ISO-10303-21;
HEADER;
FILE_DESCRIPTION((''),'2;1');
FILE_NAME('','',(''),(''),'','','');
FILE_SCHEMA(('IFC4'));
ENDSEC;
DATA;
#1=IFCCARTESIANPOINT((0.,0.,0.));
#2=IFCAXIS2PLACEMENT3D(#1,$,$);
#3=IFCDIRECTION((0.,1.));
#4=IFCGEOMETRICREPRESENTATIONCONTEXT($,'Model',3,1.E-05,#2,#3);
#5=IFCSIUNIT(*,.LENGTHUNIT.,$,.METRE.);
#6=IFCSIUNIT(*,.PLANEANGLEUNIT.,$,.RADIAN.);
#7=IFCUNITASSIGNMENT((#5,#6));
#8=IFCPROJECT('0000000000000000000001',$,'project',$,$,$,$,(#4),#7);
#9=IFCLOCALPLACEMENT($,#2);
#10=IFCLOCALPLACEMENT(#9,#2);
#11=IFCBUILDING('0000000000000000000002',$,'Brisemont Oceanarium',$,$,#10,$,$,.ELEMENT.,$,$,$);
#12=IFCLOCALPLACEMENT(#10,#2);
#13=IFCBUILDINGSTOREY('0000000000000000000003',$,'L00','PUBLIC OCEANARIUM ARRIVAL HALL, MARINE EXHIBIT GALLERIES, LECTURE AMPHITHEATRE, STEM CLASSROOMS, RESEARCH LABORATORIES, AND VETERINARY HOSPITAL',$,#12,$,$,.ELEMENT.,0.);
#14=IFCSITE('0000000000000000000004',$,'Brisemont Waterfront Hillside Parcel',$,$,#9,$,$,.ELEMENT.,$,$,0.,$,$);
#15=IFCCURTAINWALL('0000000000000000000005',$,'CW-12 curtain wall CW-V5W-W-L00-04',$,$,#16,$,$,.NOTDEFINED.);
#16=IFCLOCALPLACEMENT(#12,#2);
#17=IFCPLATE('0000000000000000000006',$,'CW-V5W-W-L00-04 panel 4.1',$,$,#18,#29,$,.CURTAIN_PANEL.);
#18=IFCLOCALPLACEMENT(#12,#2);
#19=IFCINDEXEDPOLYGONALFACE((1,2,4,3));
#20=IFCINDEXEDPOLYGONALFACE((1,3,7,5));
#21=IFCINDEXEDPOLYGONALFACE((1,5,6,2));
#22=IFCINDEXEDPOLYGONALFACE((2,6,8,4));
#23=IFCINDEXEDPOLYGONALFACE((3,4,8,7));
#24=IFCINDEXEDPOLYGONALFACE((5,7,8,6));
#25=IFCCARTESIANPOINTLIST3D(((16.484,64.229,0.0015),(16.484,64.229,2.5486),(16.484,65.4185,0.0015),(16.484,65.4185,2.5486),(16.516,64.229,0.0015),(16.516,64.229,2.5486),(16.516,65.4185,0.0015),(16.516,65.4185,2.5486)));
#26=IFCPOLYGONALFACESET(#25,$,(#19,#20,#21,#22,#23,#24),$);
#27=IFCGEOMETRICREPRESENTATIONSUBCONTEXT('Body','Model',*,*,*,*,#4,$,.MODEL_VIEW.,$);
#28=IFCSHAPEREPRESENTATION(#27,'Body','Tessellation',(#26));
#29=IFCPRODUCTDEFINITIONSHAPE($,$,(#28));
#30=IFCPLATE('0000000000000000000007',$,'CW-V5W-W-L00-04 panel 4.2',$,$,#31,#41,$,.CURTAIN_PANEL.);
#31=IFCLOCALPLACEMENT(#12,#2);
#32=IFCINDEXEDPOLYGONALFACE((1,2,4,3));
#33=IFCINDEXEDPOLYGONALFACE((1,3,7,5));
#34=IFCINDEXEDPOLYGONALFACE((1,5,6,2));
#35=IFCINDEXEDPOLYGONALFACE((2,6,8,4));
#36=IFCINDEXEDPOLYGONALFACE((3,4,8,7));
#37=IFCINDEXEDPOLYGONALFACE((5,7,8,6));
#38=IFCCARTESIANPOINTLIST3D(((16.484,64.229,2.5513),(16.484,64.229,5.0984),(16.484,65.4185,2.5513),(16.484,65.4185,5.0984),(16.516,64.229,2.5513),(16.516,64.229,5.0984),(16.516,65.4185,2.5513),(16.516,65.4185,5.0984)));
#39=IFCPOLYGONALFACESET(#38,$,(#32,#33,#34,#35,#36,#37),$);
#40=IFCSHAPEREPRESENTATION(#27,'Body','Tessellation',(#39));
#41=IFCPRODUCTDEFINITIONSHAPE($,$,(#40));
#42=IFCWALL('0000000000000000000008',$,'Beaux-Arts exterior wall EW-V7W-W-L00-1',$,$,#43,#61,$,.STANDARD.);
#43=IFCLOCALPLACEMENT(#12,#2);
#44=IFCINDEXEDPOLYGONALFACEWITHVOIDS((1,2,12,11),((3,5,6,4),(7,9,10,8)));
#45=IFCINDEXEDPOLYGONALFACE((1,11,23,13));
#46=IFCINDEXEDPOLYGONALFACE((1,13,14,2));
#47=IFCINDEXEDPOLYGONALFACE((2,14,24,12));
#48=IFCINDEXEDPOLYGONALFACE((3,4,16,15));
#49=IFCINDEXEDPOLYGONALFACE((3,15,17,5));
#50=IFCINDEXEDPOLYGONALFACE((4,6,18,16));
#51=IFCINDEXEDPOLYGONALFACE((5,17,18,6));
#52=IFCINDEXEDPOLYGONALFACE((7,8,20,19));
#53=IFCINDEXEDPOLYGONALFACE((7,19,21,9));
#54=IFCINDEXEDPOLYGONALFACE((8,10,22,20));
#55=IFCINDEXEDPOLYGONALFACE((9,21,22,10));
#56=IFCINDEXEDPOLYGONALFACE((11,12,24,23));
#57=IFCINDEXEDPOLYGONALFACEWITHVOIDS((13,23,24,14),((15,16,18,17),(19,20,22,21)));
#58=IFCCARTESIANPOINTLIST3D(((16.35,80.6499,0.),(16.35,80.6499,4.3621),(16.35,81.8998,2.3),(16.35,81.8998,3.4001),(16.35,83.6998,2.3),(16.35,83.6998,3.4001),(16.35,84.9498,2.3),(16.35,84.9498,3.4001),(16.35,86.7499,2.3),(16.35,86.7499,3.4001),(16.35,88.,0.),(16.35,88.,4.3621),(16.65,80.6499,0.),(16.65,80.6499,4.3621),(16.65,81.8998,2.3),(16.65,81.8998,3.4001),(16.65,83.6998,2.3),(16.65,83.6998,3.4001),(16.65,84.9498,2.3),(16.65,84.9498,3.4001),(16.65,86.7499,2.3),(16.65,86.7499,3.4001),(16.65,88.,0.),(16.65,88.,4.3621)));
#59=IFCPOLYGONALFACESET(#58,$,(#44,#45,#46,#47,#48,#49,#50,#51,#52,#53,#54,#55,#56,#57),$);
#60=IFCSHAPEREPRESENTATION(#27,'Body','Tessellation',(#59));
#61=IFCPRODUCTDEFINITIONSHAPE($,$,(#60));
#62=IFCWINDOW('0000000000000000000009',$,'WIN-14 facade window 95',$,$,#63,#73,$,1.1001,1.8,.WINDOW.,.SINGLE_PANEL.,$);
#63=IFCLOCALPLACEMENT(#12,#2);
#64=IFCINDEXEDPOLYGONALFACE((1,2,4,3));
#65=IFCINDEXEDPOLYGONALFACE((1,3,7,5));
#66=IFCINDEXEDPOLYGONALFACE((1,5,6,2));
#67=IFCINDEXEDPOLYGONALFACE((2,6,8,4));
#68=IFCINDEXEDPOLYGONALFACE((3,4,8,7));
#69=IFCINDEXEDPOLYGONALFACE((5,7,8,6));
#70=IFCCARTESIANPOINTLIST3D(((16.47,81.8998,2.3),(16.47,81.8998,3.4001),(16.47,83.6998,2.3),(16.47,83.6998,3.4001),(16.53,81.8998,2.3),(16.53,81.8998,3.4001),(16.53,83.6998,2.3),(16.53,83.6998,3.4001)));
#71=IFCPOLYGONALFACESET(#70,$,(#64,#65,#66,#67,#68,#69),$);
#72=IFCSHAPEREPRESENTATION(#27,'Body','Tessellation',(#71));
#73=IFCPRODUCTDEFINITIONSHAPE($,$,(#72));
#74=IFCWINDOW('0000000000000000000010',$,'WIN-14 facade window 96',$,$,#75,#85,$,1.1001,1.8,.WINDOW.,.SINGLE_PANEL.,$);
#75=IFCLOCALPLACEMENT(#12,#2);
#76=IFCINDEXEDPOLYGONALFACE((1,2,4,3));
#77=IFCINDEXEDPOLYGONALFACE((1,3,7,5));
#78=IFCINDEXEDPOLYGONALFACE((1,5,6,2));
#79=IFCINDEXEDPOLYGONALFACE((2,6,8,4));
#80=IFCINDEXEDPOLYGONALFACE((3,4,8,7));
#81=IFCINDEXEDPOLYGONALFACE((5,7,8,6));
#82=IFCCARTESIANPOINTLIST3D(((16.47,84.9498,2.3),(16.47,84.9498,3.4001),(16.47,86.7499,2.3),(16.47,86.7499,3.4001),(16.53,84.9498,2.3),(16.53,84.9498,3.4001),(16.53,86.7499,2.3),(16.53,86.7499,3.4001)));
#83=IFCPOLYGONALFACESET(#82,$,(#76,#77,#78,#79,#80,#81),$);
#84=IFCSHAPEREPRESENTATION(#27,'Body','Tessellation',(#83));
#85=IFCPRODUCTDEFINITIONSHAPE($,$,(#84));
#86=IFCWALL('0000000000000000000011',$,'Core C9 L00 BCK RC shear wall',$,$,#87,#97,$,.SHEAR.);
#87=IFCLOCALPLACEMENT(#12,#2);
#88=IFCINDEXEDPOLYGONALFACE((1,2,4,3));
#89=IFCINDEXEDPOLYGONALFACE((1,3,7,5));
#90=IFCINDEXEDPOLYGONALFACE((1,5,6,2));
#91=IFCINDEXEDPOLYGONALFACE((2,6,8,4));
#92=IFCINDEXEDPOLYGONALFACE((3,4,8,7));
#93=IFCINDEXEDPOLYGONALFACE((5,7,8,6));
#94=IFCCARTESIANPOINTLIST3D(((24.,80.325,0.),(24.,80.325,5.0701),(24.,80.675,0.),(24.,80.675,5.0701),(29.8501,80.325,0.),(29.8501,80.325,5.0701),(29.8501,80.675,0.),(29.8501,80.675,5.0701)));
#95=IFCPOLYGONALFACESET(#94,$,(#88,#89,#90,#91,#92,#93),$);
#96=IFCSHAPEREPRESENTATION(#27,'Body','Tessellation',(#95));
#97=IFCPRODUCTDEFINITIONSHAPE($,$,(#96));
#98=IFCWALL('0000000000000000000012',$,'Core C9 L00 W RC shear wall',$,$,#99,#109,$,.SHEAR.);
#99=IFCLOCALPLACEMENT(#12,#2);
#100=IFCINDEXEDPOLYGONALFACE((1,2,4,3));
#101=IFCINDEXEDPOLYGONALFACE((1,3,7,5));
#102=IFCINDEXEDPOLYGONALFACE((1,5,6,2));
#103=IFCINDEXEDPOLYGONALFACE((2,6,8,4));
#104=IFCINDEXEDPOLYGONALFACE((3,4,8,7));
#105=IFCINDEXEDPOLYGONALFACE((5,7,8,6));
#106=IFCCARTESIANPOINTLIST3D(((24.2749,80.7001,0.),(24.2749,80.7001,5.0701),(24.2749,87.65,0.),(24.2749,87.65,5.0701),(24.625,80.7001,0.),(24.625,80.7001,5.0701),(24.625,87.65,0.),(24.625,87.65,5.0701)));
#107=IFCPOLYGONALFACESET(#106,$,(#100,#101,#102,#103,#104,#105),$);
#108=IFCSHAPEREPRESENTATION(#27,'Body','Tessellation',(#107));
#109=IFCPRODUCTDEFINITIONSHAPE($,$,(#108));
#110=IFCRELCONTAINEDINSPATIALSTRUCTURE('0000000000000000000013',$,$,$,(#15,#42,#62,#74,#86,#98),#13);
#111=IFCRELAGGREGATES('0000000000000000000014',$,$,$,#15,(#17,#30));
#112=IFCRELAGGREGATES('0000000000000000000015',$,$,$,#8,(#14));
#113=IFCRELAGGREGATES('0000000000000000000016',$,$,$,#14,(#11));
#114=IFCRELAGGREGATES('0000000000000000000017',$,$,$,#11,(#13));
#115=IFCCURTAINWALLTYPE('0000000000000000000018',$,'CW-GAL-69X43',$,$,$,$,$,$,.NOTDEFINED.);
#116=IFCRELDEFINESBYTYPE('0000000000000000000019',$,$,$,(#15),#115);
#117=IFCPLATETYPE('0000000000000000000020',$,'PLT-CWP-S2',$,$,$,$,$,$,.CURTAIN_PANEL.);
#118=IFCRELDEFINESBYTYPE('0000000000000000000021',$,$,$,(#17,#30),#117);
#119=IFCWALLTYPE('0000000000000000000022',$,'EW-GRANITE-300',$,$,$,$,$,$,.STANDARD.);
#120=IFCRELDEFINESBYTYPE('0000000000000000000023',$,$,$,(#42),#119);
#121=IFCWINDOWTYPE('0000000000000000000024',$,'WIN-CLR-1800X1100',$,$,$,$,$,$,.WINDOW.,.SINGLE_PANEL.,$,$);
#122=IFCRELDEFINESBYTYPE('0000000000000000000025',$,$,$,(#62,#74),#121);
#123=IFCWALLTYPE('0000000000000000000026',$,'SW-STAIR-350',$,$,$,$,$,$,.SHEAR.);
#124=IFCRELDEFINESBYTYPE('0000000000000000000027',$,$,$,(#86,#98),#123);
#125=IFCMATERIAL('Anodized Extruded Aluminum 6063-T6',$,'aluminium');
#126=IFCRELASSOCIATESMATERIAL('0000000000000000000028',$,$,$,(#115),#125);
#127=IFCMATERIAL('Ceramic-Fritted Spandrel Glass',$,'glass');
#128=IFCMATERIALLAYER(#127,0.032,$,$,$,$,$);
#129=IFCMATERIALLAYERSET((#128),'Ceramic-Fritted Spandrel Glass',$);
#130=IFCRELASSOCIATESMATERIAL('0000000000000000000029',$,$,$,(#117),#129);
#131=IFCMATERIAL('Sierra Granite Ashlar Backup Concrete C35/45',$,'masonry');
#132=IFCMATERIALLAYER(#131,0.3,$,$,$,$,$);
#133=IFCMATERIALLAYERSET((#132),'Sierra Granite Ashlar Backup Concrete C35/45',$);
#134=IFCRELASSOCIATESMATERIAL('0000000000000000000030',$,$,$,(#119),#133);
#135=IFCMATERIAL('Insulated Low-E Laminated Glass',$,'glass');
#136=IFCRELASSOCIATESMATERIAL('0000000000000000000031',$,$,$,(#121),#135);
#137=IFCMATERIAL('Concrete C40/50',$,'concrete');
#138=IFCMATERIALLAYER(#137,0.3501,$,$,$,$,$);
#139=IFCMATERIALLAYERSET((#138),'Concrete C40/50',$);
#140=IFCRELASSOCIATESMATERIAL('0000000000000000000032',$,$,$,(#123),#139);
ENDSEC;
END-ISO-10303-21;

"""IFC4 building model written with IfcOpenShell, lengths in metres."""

from ifc_helpers import new_model, si_unit, direction, frame, frame_2d, origin, origin_2d, place, context, subcontext, project, spatial, rectangle, extrude, material, layer, layer_set, type_object, element, fill, aggregate, save


model = new_model("IFC4")

# Units and contexts
model_context = context("Model", 3, precision=1e-05, world=origin(), true_north=direction((0.0, 1.0)))
body_context = subcontext(model_context, "Body", "Model", "MODEL_VIEW")
ifc_project = project(units=[si_unit("LENGTHUNIT", "METRE"), si_unit("PLANEANGLEUNIT", "RADIAN")], contexts=[model_context])

# Site, building, storey
site_placement = place(None, origin())
site = spatial("IfcSite", under=ifc_project, at=site_placement, Name="Brisemont Waterfront Hillside Parcel", CompositionType="ELEMENT", RefElevation=0.0)
building_placement = place(site_placement, origin())
building = spatial("IfcBuilding", under=site, at=building_placement, Name="Brisemont Oceanarium", CompositionType="ELEMENT")
storey_placement = place(building_placement, origin())
storey = spatial("IfcBuildingStorey", under=building, at=storey_placement, Name="L00", Description="PUBLIC OCEANARIUM ARRIVAL HALL, MARINE EXHIBIT GALLERIES, LECTURE AMPHITHEATRE, STEM CLASSROOMS, RESEARCH LABORATORIES, AND VETERINARY HOSPITAL", CompositionType="ELEMENT", Elevation=0.0)

# Curtain wall, plates
ifc_material_1 = material(Name="Anodized Extruded Aluminum 6063-T6", Category="aluminium")
curtain_wall_type = type_object("IfcCurtainWallType", Name="CW-GAL-69X43", PredefinedType="NOTDEFINED", material=ifc_material_1)
curtain_wall_placement = place(storey_placement, origin())
curtain_wall = element("IfcCurtainWall", 1, at=curtain_wall_placement, inside=storey, type_object=curtain_wall_type, Name="CW-12 curtain wall CW-V5W-W-L00-04", PredefinedType="NOTDEFINED")
ifc_material_2 = material(Name="Ceramic-Fritted Spandrel Glass", Category="glass")
ifc_layer_1 = layer(ifc_material_2, 0.032)
ifc_layer_set_1 = layer_set([ifc_layer_1], Name="Ceramic-Fritted Spandrel Glass")
plate_type = type_object("IfcPlateType", Name="PLT-CWP-S2", PredefinedType="CURTAIN_PANEL", material=ifc_layer_set_1)
plate_1_placement = place(storey_placement, frame((16.5, 64.8237, 0.0015), z_axis=(0.0, 0.0, 1.0), x_axis=(0.0, 1.0, 0.0)))
plate_1 = element("IfcPlate", 2, at=plate_1_placement, type_object=plate_type, Name="CW-V5W-W-L00-04 panel 4.1", PredefinedType="CURTAIN_PANEL", context=body_context, shape_type="SweptSolid", body=[
    extrude(rectangle(XDim=1.1895, YDim=0.032, at=origin_2d()), origin(), (0.0, 0.0, 1.0), 2.5471),
])
plate_2_placement = place(storey_placement, frame((16.5, 64.8237, 2.5513), z_axis=(0.0, 0.0, 1.0), x_axis=(0.0, 1.0, 0.0)))
plate_2 = element("IfcPlate", 3, at=plate_2_placement, type_object=plate_type, Name="CW-V5W-W-L00-04 panel 4.2", PredefinedType="CURTAIN_PANEL", context=body_context, shape_type="SweptSolid", body=[
    extrude(rectangle(XDim=1.1895, YDim=0.032, at=origin_2d()), origin(), (0.0, 0.0, 1.0), 2.5471),
])
aggregate(curtain_wall, [plate_1, plate_2])

# Wall, openings, windows
ifc_material_3 = material(Name="Sierra Granite Ashlar Backup Concrete C35/45", Category="masonry")
ifc_layer_2 = layer(ifc_material_3, 0.3)
ifc_layer_set_2 = layer_set([ifc_layer_2], Name="Sierra Granite Ashlar Backup Concrete C35/45")
wall_type_1 = type_object("IfcWallType", Name="EW-GRANITE-300", PredefinedType="STANDARD", material=ifc_layer_set_2)
wall_1_placement = place(storey_placement, frame((16.5, 80.6499, 0.0), z_axis=(0.0, 0.0, 1.0), x_axis=(0.0, 1.0, 0.0)))
wall_1 = element("IfcWall", 4, at=wall_1_placement, inside=storey, type_object=wall_type_1, Name="Beaux-Arts exterior wall EW-V7W-W-L00-1", PredefinedType="STANDARD", context=body_context, shape_type="SweptSolid", body=[
    extrude(rectangle(XDim=7.3501, YDim=0.3, at=frame_2d((3.675, 0.0))), origin(), (0.0, 0.0, 1.0), 4.3621),
])
opening_1_placement = place(wall_1_placement, frame((1.25, 0.0, 2.3)))
opening_1 = element("IfcOpeningElement", 5, at=opening_1_placement, cuts=wall_1, PredefinedType="OPENING", context=body_context, shape_type="SweptSolid", body=[
    extrude(rectangle(XDim=1.8, YDim=1.1001, at=frame_2d((0.8999, 0.55))), frame((0.0, 0.1599, 0.0), z_axis=(0.0, -1.0, 0.0), x_axis=(1.0, 0.0, 0.0)), (0.0, 0.0, 1.0), 0.3201),
])
opening_2_placement = place(wall_1_placement, frame((4.3, 0.0, 2.3)))
opening_2 = element("IfcOpeningElement", 6, at=opening_2_placement, cuts=wall_1, PredefinedType="OPENING", context=body_context, shape_type="SweptSolid", body=[
    extrude(rectangle(XDim=1.8, YDim=1.1001, at=frame_2d((0.8999, 0.55))), frame((0.0, 0.1599, 0.0), z_axis=(0.0, -1.0, 0.0), x_axis=(1.0, 0.0, 0.0)), (0.0, 0.0, 1.0), 0.3201),
])
ifc_material_4 = material(Name="Insulated Low-E Laminated Glass", Category="glass")
window_type = type_object("IfcWindowType", Name="WIN-CLR-1800X1100", PartitioningType="SINGLE_PANEL", PredefinedType="WINDOW", material=ifc_material_4)
window_1_placement = place(opening_1_placement, origin())
window_1 = element("IfcWindow", 7, at=window_1_placement, inside=storey, type_object=window_type, Name="WIN-14 facade window 95", OverallHeight=1.1001, OverallWidth=1.8, PartitioningType="SINGLE_PANEL", PredefinedType="WINDOW", context=body_context, shape_type="SweptSolid", body=[
    extrude(rectangle(XDim=1.8, YDim=1.1001, at=frame_2d((0.8999, 0.55))), frame((0.0, 0.03, 0.0), z_axis=(0.0, -1.0, 0.0), x_axis=(1.0, 0.0, 0.0)), (0.0, 0.0, 1.0), 0.0601),
])
fill(opening_1, window_1)
window_2_placement = place(opening_2_placement, origin())
window_2 = element("IfcWindow", 8, at=window_2_placement, inside=storey, type_object=window_type, Name="WIN-14 facade window 96", OverallHeight=1.1001, OverallWidth=1.8, PartitioningType="SINGLE_PANEL", PredefinedType="WINDOW", context=body_context, shape_type="SweptSolid", body=[
    extrude(rectangle(XDim=1.8, YDim=1.1001, at=frame_2d((0.8999, 0.55))), frame((0.0, 0.03, 0.0), z_axis=(0.0, -1.0, 0.0), x_axis=(1.0, 0.0, 0.0)), (0.0, 0.0, 1.0), 0.0601),
])
fill(opening_2, window_2)

# Walls
ifc_material_5 = material(Name="Concrete C40/50", Category="concrete")
ifc_layer_3 = layer(ifc_material_5, 0.3501)
ifc_layer_set_3 = layer_set([ifc_layer_3], Name="Concrete C40/50")
wall_type_2 = type_object("IfcWallType", Name="SW-STAIR-350", PredefinedType="SHEAR", material=ifc_layer_set_3)
wall_2_placement = place(storey_placement, frame((24.0, 80.5, 0.0), z_axis=(0.0, 0.0, 1.0), x_axis=(1.0, 0.0, 0.0)))
element("IfcWall", 9, at=wall_2_placement, inside=storey, type_object=wall_type_2, Name="Core C9 L00 BCK RC shear wall", PredefinedType="SHEAR", context=body_context, shape_type="SweptSolid", body=[
    extrude(rectangle(XDim=5.8501, YDim=0.3501, at=frame_2d((2.925, 0.0))), origin(), (0.0, 0.0, 1.0), 5.0701),
])
wall_3_placement = place(storey_placement, frame((24.45, 80.7, 0.0), z_axis=(0.0, 0.0, 1.0), x_axis=(0.0, 1.0, 0.0)))
element("IfcWall", 10, at=wall_3_placement, inside=storey, type_object=wall_type_2, Name="Core C9 L00 W RC shear wall", PredefinedType="SHEAR", context=body_context, shape_type="SweptSolid", body=[
    extrude(rectangle(XDim=6.95, YDim=0.3501, at=frame_2d((3.4751, 0.0))), origin(), (0.0, 0.0, 1.0), 5.0701),
])

save(model, "model.ifc")
